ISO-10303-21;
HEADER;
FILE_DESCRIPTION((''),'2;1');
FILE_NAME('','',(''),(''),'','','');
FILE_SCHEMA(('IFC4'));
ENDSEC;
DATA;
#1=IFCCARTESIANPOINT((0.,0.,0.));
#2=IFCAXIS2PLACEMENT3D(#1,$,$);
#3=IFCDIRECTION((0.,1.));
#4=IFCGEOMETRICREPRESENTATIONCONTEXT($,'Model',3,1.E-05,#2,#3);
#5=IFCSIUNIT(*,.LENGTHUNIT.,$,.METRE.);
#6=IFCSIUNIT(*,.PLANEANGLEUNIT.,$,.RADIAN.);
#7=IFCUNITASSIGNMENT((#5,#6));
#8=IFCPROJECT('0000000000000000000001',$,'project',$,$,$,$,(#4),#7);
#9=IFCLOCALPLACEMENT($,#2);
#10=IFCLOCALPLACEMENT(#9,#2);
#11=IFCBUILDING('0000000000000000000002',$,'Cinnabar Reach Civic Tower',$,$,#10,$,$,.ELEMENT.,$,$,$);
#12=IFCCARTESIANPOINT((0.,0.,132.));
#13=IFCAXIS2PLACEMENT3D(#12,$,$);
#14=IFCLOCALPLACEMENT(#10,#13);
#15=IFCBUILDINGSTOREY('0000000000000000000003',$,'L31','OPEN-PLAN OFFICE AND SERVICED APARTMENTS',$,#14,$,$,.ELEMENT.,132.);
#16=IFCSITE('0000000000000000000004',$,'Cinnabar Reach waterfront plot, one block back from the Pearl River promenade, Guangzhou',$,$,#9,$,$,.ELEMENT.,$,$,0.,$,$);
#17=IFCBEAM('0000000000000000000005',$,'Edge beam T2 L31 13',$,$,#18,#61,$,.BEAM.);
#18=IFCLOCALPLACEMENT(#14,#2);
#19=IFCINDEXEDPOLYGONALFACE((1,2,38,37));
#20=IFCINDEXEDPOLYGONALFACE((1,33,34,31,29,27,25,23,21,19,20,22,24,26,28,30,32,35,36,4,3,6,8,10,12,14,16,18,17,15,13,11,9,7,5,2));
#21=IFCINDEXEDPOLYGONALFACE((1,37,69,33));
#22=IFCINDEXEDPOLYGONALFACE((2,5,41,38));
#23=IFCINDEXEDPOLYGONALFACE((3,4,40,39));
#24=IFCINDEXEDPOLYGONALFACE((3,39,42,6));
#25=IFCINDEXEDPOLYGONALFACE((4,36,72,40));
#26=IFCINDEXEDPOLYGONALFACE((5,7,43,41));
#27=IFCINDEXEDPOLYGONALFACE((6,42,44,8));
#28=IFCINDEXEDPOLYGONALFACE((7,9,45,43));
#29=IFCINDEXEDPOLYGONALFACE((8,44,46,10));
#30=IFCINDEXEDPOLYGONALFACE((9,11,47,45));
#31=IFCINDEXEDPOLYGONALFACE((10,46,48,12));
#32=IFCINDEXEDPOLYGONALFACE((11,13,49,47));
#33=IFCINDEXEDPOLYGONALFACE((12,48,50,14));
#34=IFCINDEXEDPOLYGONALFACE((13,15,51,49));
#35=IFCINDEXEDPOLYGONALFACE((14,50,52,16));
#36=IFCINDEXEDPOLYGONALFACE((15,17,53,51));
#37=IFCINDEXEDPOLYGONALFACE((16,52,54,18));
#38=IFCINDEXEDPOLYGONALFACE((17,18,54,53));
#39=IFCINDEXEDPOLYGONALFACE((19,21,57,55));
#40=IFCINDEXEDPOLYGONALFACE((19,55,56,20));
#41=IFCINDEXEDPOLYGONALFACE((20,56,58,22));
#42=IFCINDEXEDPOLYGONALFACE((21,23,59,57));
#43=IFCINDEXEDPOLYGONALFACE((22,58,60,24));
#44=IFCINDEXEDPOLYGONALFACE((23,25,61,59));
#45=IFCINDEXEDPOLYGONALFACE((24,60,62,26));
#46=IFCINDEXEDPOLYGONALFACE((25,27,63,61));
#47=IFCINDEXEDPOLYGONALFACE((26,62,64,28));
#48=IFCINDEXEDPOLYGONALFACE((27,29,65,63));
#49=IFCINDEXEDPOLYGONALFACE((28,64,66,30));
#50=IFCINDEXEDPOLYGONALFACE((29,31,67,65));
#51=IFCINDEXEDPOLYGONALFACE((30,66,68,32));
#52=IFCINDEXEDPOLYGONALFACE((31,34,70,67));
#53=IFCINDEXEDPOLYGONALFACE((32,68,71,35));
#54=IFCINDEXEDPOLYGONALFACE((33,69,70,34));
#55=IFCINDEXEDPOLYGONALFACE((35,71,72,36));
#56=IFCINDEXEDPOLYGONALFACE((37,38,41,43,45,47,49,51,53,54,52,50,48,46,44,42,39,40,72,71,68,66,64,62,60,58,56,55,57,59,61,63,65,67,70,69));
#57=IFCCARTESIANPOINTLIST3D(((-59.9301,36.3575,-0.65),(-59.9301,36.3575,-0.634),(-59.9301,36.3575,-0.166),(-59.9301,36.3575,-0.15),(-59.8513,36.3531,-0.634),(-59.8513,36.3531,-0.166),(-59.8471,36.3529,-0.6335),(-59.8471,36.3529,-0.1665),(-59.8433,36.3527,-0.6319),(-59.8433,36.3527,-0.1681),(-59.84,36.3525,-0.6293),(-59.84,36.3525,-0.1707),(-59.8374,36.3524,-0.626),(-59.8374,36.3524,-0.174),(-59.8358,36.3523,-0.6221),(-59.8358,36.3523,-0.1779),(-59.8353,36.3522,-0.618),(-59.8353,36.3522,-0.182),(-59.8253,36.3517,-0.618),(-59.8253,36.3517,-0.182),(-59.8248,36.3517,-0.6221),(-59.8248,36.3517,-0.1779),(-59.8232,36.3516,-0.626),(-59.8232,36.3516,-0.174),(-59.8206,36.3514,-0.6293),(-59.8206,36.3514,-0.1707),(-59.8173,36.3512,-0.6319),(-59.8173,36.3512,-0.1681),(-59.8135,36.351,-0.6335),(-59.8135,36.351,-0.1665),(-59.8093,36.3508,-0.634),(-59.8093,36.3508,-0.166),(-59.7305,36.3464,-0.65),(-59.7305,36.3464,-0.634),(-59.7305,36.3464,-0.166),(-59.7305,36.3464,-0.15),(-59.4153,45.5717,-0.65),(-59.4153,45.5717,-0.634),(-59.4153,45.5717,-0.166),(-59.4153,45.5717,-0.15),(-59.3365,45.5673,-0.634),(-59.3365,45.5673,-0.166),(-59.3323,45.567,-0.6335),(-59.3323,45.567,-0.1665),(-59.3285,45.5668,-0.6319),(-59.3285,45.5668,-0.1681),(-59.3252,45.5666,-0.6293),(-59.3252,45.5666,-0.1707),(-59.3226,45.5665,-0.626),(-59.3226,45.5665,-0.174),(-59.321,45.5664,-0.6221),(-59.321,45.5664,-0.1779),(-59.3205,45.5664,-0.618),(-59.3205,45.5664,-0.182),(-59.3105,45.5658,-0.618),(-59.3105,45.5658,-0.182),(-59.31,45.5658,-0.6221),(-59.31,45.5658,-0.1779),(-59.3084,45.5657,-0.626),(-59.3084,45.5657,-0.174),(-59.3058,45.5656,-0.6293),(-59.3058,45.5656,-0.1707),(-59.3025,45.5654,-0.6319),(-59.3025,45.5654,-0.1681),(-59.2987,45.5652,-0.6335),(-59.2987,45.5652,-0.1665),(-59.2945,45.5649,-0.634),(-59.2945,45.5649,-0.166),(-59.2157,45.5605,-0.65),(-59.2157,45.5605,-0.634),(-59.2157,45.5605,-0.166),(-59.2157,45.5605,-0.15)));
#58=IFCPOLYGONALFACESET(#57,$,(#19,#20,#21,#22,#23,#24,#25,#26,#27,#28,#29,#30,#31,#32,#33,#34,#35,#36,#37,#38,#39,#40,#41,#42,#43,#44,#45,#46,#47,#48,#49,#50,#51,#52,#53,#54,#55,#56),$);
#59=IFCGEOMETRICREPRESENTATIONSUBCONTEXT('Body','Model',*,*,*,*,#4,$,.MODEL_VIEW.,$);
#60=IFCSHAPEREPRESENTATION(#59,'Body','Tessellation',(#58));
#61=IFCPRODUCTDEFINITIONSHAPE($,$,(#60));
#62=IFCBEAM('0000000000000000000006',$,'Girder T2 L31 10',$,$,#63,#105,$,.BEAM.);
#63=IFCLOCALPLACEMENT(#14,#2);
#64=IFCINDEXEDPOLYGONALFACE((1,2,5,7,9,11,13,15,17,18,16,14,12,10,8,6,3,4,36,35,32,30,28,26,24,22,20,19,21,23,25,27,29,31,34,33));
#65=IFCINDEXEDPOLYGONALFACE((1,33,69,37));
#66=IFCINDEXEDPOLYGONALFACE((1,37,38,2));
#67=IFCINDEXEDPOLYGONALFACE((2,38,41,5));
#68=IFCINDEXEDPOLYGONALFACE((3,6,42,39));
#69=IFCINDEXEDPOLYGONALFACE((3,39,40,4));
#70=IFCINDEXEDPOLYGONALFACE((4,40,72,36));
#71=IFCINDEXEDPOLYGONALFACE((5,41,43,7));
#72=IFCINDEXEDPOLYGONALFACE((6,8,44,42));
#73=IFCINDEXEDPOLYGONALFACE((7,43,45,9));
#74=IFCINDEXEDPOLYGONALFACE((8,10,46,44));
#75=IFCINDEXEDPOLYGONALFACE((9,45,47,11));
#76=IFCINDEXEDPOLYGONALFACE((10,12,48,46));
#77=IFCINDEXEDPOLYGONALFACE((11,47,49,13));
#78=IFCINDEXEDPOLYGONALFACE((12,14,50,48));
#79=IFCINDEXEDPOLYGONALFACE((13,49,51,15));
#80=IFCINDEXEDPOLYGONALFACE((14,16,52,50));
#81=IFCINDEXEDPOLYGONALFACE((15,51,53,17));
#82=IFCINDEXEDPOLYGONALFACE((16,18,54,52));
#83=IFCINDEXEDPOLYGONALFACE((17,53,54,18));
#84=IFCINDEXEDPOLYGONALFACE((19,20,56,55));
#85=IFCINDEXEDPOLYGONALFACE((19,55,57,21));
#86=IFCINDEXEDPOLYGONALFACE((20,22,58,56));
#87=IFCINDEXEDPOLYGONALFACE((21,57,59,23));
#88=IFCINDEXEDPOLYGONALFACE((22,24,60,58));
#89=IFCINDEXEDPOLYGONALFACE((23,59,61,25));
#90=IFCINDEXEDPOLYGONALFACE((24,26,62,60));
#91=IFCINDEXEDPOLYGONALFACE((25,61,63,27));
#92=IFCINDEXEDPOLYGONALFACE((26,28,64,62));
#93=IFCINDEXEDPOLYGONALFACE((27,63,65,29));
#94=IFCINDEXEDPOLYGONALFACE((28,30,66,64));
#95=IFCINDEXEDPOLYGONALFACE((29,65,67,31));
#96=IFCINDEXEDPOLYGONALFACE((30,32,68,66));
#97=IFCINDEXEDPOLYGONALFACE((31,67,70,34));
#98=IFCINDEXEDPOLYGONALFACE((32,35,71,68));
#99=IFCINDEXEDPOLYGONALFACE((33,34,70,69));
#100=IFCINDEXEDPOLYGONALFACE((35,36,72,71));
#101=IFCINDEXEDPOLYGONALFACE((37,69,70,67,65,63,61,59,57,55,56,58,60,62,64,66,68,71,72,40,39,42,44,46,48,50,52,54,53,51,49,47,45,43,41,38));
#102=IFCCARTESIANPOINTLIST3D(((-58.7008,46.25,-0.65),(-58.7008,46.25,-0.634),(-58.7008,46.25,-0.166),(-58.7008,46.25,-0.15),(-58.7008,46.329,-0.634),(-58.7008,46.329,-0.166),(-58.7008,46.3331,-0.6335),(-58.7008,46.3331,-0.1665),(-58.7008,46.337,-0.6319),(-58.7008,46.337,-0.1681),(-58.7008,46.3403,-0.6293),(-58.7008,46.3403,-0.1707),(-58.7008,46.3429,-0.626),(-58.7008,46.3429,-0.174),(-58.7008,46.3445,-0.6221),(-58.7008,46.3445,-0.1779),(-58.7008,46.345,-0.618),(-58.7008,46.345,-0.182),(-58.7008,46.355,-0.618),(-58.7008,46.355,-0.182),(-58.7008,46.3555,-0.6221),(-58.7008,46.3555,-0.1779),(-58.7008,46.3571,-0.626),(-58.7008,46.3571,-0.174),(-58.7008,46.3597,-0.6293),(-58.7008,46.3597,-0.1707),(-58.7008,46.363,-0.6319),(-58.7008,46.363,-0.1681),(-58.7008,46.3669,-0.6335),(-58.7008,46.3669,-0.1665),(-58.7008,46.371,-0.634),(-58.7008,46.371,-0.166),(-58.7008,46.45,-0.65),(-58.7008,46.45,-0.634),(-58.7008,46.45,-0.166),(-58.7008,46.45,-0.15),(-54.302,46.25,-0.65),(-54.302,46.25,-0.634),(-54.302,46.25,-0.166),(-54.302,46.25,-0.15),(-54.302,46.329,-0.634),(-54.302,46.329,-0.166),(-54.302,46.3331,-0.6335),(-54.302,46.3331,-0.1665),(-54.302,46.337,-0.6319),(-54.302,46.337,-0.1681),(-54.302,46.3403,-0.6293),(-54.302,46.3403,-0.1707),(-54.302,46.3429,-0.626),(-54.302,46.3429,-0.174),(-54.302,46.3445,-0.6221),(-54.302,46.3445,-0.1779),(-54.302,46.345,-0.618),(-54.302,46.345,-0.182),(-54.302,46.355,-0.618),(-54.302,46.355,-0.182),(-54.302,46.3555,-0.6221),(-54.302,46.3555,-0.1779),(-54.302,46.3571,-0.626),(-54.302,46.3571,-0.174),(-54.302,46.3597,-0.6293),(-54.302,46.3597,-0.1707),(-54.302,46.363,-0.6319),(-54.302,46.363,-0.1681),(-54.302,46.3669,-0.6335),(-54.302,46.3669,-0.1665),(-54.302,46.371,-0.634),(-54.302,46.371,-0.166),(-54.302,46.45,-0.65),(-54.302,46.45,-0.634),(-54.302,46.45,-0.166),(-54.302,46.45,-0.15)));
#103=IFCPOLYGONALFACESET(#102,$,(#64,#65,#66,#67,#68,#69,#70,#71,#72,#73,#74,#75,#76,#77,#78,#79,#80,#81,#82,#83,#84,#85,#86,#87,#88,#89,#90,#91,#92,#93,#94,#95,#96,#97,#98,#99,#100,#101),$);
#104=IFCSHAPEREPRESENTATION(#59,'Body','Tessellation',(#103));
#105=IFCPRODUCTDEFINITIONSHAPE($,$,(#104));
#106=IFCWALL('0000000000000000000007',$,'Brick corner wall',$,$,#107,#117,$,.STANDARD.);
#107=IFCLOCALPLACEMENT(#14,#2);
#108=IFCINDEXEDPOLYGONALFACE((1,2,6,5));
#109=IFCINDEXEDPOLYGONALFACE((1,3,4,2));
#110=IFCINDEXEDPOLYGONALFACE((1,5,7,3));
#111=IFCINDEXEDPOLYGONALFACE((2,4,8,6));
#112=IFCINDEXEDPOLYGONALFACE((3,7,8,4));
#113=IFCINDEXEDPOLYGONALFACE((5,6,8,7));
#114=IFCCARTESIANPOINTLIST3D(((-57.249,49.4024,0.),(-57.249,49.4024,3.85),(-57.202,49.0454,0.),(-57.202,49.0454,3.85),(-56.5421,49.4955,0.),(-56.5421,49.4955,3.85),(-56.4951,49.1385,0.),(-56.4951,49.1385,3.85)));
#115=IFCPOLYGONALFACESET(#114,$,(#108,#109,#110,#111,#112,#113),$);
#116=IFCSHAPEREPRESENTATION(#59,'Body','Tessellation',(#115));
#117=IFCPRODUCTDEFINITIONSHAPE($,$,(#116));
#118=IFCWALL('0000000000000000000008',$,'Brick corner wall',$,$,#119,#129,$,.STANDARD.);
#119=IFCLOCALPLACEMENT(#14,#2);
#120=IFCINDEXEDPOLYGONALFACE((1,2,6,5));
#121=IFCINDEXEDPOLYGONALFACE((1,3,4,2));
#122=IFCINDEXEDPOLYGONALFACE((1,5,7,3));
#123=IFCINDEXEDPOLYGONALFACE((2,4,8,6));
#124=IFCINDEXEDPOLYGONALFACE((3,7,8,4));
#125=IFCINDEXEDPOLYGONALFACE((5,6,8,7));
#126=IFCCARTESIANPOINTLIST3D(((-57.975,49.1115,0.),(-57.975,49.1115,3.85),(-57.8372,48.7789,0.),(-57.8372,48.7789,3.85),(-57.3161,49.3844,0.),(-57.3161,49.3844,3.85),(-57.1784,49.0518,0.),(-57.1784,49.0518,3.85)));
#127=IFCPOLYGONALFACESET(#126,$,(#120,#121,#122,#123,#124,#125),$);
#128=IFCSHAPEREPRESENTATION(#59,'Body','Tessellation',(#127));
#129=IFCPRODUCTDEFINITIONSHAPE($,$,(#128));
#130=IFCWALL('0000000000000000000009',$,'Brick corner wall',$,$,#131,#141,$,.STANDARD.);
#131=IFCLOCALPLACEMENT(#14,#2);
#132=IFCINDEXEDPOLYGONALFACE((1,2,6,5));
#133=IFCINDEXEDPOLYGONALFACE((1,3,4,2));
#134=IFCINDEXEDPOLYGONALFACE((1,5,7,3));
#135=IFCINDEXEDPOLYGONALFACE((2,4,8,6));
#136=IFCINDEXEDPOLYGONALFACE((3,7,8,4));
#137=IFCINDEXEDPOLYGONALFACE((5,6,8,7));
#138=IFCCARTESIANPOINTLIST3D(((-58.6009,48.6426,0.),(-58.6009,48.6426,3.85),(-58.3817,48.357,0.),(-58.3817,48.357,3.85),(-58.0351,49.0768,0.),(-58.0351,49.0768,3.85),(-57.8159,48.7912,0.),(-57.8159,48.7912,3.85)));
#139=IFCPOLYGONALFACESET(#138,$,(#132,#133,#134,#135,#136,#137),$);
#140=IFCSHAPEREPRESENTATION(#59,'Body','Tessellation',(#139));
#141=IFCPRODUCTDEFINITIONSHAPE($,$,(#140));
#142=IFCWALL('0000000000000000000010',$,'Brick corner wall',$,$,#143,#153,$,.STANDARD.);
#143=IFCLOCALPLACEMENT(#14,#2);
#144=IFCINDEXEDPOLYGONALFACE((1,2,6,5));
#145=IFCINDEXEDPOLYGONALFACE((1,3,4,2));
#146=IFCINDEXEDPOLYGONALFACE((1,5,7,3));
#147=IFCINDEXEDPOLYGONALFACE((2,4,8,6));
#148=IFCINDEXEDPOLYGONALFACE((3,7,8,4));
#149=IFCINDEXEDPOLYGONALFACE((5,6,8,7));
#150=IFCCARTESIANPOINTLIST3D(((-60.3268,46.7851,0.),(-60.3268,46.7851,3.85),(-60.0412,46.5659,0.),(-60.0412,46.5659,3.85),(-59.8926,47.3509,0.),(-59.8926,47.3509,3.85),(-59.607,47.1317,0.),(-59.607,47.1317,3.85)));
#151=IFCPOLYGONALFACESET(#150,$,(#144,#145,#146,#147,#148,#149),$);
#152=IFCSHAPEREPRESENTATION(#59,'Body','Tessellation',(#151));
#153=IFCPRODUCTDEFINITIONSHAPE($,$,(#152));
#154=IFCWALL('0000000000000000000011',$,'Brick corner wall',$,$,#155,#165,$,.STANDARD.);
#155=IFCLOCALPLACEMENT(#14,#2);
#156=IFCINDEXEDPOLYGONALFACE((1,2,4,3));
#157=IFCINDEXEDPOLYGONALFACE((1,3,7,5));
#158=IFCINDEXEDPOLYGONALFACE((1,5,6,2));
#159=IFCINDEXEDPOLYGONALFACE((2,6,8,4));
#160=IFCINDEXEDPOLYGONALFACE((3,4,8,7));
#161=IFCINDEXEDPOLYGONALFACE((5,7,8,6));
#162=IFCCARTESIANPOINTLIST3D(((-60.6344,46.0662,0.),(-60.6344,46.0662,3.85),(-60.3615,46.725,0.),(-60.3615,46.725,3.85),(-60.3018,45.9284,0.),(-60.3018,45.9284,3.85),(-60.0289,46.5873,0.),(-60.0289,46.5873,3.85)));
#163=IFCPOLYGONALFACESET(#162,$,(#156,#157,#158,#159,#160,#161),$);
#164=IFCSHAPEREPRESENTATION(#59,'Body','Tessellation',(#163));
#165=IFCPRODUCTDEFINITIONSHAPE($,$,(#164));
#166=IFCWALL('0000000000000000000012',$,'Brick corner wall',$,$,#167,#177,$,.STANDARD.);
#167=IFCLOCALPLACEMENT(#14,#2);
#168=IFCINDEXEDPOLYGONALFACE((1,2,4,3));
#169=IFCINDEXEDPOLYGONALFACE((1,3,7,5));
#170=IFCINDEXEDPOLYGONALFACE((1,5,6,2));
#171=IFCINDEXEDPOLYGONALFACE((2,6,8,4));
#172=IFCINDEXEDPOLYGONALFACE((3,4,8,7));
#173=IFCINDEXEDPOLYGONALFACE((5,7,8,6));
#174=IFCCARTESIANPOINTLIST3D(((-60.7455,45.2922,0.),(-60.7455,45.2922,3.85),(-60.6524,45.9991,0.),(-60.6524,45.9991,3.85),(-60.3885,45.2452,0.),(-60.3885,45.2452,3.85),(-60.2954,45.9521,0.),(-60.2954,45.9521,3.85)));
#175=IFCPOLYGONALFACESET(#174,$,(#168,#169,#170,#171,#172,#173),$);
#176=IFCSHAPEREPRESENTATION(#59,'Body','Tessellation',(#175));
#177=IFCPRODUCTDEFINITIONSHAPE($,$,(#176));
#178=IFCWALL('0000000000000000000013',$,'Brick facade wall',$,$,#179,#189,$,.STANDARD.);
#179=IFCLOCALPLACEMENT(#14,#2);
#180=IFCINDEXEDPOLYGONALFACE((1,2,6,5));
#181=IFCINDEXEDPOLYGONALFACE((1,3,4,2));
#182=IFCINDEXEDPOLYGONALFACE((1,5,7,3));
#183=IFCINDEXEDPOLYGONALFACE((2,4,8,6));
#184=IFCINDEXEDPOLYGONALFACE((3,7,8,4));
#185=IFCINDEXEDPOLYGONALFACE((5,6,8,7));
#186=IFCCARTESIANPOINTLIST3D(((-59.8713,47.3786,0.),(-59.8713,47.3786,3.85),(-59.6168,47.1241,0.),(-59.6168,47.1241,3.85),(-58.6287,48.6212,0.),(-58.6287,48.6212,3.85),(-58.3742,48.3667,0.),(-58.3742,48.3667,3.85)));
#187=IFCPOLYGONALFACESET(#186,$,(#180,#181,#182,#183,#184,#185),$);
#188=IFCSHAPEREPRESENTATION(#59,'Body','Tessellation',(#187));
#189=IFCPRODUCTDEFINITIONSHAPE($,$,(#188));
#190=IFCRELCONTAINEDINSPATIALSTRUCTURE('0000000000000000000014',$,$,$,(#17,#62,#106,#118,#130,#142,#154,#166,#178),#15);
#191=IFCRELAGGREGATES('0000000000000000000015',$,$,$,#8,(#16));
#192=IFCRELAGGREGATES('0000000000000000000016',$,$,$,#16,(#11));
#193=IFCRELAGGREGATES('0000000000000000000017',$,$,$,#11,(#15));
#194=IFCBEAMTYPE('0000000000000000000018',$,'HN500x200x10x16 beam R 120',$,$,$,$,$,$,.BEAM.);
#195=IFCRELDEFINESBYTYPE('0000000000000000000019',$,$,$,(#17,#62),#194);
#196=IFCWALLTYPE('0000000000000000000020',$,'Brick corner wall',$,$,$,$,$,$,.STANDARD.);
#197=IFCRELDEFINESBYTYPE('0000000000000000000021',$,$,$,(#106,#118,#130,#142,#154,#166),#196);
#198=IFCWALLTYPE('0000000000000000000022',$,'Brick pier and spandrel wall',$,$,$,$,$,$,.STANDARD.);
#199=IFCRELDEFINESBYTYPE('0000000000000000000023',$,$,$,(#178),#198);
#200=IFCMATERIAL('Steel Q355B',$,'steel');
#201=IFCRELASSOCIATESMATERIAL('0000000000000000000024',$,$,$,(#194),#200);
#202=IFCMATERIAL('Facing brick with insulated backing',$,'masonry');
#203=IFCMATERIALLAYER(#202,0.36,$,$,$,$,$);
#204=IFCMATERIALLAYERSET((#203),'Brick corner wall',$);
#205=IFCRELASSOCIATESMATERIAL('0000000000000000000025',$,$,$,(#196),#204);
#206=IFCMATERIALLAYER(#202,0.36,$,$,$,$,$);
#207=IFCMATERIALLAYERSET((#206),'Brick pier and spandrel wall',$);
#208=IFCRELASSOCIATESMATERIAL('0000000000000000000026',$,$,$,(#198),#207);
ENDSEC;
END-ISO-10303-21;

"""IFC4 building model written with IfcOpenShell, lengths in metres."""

from ifc_helpers import new_model, si_unit, direction, frame, frame_2d, origin, origin_2d, place, context, subcontext, project, spatial, rectangle, i_section, extrude, material, layer, layer_set, material_profile, profile_set, type_object, element, save


model = new_model("IFC4")

# Units and contexts
model_context = context("Model", 3, precision=1e-05, world=origin(), true_north=direction((0.0, 1.0)))
body_context = subcontext(model_context, "Body", "Model", "MODEL_VIEW")
ifc_project = project(units=[si_unit("LENGTHUNIT", "METRE"), si_unit("PLANEANGLEUNIT", "RADIAN")], contexts=[model_context])

# Site, building, storey
site_placement = place(None, origin())
site = spatial("IfcSite", under=ifc_project, at=site_placement, Name="Cinnabar Reach waterfront plot, one block back from the Pearl River promenade, Guangzhou", CompositionType="ELEMENT", RefElevation=0.0)
building_placement = place(site_placement, origin())
building = spatial("IfcBuilding", under=site, at=building_placement, Name="Cinnabar Reach Civic Tower", CompositionType="ELEMENT")
storey_placement = place(building_placement, frame((0.0, 0.0, 132.0)))
storey = spatial("IfcBuildingStorey", under=building, at=storey_placement, Name="L31", Description="OPEN-PLAN OFFICE AND SERVICED APARTMENTS", CompositionType="ELEMENT", Elevation=132.0)

# Beams
ifc_material_1 = material(Name="Steel Q355B", Category="steel")
ifc_material_profile_1 = material_profile(ifc_material_1, i_section(OverallWidth=0.2, OverallDepth=0.5, WebThickness=0.01, FlangeThickness=0.016, FilletRadius=0.016, at=origin_2d()), Name="HN500x200x10x16")
ifc_profile_set_1 = profile_set([ifc_material_profile_1], Name="Steel Q355B")
beam_type_1 = type_object("IfcBeamType", Name="HN500x200x10x16 beam R 120", PredefinedType="BEAM", material=ifc_profile_set_1)
beam_1_placement = place(storey_placement, frame((-59.3155, 45.5661, -0.4), z_axis=(-0.055784, -0.998443, 0.0), x_axis=(0.998443, -0.055784, 0.0)))
element("IfcBeam", 1, at=beam_1_placement, inside=storey, type_object=beam_type_1, Name="Edge beam T2 L31 13", PredefinedType="BEAM", context=body_context, shape_type="SweptSolid", body=[
    extrude(i_section(OverallWidth=0.2, OverallDepth=0.5, WebThickness=0.01, FlangeThickness=0.016, FilletRadius=0.016, at=origin_2d()), origin(), (0.0, 0.0, 1.0), 9.2285),
])
beam_2_placement = place(storey_placement, frame((-58.7008, 46.35, -0.4), z_axis=(1.0, 0.0, 0.0), x_axis=(0.0, 1.0, 0.0)))
element("IfcBeam", 2, at=beam_2_placement, inside=storey, type_object=beam_type_1, Name="Girder T2 L31 10", PredefinedType="BEAM", context=body_context, shape_type="SweptSolid", body=[
    extrude(i_section(OverallWidth=0.2, OverallDepth=0.5, WebThickness=0.01, FlangeThickness=0.016, FilletRadius=0.016, at=origin_2d()), origin(), (0.0, 0.0, 1.0), 4.3988),
])

# Walls
ifc_material_2 = material(Name="Facing brick with insulated backing", Category="masonry")
ifc_layer_1 = layer(ifc_material_2, 0.36)
ifc_layer_set_1 = layer_set([ifc_layer_1], Name="Brick corner wall")
wall_type_1 = type_object("IfcWallType", Name="Brick corner wall", PredefinedType="STANDARD", material=ifc_layer_set_1)
for number, where, z_axis, x_axis, name in (
    (3, (-56.5186, 49.317, 0.0), (0.0, 0.0, 1.0), (-0.991441, -0.130556, 0.0), "Brick corner wall"),
    (4, (-57.2473, 49.2181, 0.0), (0.0, 0.0, 1.0), (-0.923872, -0.382703, 0.0), "Brick corner wall"),
):
    element("IfcWall", number, at=place(storey_placement, frame(where, z_axis=z_axis, x_axis=x_axis)), inside=storey, type_object=wall_type_1, Name=name, PredefinedType="STANDARD", context=body_context, shape_type="SweptSolid", body=[
        extrude(rectangle(XDim=0.7131, YDim=0.36, at=frame_2d((0.3565, 0.0))), origin(), (0.0, 0.0, 1.0), 3.85),
    ])
for number, where, z_axis, x_axis, name in (
    (5, (-57.9255, 48.934, 0.0), (0.0, 0.0, 1.0), (-0.793322, -0.608802, 0.0), "Brick corner wall"),
    (6, (-59.7498, 47.2413, 0.0), (0.0, 0.0, 1.0), (-0.608802, -0.793322, 0.0), "Brick corner wall"),
):
    element("IfcWall", number, at=place(storey_placement, frame(where, z_axis=z_axis, x_axis=x_axis)), inside=storey, type_object=wall_type_1, Name=name, PredefinedType="STANDARD", context=body_context, shape_type="SweptSolid", body=[
        extrude(rectangle(XDim=0.7132, YDim=0.36, at=frame_2d((0.3566, 0.0))), origin(), (0.0, 0.0, 1.0), 3.85),
    ])
for number, where, z_axis, x_axis, name in (
    (7, (-60.1952, 46.6561, 0.0), (0.0, 0.0, 1.0), (-0.382703, -0.923872, 0.0), "Brick corner wall"),
    (8, (-60.4739, 45.9756, 0.0), (0.0, 0.0, 1.0), (-0.130556, -0.991441, 0.0), "Brick corner wall"),
):
    element("IfcWall", number, at=place(storey_placement, frame(where, z_axis=z_axis, x_axis=x_axis)), inside=storey, type_object=wall_type_1, Name=name, PredefinedType="STANDARD", context=body_context, shape_type="SweptSolid", body=[
        extrude(rectangle(XDim=0.7131, YDim=0.36, at=frame_2d((0.3565, 0.0))), origin(), (0.0, 0.0, 1.0), 3.85),
    ])
ifc_layer_2 = layer(ifc_material_2, 0.36)
ifc_layer_set_2 = layer_set([ifc_layer_2], Name="Brick pier and spandrel wall")
wall_type_2 = type_object("IfcWallType", Name="Brick pier and spandrel wall", PredefinedType="STANDARD", material=ifc_layer_set_2)
wall_1_placement = place(storey_placement, frame((-58.5014, 48.494, 0.0), z_axis=(0.0, 0.0, 1.0), x_axis=(-0.707107, -0.707107, 0.0)))
element("IfcWall", 9, at=wall_1_placement, inside=storey, type_object=wall_type_2, Name="Brick facade wall", PredefinedType="STANDARD", context=body_context, shape_type="SweptSolid", body=[
    extrude(rectangle(XDim=1.7573, YDim=0.36, at=frame_2d((0.8787, 0.0))), origin(), (0.0, 0.0, 1.0), 3.85),
])

save(model, "model.ifc")
